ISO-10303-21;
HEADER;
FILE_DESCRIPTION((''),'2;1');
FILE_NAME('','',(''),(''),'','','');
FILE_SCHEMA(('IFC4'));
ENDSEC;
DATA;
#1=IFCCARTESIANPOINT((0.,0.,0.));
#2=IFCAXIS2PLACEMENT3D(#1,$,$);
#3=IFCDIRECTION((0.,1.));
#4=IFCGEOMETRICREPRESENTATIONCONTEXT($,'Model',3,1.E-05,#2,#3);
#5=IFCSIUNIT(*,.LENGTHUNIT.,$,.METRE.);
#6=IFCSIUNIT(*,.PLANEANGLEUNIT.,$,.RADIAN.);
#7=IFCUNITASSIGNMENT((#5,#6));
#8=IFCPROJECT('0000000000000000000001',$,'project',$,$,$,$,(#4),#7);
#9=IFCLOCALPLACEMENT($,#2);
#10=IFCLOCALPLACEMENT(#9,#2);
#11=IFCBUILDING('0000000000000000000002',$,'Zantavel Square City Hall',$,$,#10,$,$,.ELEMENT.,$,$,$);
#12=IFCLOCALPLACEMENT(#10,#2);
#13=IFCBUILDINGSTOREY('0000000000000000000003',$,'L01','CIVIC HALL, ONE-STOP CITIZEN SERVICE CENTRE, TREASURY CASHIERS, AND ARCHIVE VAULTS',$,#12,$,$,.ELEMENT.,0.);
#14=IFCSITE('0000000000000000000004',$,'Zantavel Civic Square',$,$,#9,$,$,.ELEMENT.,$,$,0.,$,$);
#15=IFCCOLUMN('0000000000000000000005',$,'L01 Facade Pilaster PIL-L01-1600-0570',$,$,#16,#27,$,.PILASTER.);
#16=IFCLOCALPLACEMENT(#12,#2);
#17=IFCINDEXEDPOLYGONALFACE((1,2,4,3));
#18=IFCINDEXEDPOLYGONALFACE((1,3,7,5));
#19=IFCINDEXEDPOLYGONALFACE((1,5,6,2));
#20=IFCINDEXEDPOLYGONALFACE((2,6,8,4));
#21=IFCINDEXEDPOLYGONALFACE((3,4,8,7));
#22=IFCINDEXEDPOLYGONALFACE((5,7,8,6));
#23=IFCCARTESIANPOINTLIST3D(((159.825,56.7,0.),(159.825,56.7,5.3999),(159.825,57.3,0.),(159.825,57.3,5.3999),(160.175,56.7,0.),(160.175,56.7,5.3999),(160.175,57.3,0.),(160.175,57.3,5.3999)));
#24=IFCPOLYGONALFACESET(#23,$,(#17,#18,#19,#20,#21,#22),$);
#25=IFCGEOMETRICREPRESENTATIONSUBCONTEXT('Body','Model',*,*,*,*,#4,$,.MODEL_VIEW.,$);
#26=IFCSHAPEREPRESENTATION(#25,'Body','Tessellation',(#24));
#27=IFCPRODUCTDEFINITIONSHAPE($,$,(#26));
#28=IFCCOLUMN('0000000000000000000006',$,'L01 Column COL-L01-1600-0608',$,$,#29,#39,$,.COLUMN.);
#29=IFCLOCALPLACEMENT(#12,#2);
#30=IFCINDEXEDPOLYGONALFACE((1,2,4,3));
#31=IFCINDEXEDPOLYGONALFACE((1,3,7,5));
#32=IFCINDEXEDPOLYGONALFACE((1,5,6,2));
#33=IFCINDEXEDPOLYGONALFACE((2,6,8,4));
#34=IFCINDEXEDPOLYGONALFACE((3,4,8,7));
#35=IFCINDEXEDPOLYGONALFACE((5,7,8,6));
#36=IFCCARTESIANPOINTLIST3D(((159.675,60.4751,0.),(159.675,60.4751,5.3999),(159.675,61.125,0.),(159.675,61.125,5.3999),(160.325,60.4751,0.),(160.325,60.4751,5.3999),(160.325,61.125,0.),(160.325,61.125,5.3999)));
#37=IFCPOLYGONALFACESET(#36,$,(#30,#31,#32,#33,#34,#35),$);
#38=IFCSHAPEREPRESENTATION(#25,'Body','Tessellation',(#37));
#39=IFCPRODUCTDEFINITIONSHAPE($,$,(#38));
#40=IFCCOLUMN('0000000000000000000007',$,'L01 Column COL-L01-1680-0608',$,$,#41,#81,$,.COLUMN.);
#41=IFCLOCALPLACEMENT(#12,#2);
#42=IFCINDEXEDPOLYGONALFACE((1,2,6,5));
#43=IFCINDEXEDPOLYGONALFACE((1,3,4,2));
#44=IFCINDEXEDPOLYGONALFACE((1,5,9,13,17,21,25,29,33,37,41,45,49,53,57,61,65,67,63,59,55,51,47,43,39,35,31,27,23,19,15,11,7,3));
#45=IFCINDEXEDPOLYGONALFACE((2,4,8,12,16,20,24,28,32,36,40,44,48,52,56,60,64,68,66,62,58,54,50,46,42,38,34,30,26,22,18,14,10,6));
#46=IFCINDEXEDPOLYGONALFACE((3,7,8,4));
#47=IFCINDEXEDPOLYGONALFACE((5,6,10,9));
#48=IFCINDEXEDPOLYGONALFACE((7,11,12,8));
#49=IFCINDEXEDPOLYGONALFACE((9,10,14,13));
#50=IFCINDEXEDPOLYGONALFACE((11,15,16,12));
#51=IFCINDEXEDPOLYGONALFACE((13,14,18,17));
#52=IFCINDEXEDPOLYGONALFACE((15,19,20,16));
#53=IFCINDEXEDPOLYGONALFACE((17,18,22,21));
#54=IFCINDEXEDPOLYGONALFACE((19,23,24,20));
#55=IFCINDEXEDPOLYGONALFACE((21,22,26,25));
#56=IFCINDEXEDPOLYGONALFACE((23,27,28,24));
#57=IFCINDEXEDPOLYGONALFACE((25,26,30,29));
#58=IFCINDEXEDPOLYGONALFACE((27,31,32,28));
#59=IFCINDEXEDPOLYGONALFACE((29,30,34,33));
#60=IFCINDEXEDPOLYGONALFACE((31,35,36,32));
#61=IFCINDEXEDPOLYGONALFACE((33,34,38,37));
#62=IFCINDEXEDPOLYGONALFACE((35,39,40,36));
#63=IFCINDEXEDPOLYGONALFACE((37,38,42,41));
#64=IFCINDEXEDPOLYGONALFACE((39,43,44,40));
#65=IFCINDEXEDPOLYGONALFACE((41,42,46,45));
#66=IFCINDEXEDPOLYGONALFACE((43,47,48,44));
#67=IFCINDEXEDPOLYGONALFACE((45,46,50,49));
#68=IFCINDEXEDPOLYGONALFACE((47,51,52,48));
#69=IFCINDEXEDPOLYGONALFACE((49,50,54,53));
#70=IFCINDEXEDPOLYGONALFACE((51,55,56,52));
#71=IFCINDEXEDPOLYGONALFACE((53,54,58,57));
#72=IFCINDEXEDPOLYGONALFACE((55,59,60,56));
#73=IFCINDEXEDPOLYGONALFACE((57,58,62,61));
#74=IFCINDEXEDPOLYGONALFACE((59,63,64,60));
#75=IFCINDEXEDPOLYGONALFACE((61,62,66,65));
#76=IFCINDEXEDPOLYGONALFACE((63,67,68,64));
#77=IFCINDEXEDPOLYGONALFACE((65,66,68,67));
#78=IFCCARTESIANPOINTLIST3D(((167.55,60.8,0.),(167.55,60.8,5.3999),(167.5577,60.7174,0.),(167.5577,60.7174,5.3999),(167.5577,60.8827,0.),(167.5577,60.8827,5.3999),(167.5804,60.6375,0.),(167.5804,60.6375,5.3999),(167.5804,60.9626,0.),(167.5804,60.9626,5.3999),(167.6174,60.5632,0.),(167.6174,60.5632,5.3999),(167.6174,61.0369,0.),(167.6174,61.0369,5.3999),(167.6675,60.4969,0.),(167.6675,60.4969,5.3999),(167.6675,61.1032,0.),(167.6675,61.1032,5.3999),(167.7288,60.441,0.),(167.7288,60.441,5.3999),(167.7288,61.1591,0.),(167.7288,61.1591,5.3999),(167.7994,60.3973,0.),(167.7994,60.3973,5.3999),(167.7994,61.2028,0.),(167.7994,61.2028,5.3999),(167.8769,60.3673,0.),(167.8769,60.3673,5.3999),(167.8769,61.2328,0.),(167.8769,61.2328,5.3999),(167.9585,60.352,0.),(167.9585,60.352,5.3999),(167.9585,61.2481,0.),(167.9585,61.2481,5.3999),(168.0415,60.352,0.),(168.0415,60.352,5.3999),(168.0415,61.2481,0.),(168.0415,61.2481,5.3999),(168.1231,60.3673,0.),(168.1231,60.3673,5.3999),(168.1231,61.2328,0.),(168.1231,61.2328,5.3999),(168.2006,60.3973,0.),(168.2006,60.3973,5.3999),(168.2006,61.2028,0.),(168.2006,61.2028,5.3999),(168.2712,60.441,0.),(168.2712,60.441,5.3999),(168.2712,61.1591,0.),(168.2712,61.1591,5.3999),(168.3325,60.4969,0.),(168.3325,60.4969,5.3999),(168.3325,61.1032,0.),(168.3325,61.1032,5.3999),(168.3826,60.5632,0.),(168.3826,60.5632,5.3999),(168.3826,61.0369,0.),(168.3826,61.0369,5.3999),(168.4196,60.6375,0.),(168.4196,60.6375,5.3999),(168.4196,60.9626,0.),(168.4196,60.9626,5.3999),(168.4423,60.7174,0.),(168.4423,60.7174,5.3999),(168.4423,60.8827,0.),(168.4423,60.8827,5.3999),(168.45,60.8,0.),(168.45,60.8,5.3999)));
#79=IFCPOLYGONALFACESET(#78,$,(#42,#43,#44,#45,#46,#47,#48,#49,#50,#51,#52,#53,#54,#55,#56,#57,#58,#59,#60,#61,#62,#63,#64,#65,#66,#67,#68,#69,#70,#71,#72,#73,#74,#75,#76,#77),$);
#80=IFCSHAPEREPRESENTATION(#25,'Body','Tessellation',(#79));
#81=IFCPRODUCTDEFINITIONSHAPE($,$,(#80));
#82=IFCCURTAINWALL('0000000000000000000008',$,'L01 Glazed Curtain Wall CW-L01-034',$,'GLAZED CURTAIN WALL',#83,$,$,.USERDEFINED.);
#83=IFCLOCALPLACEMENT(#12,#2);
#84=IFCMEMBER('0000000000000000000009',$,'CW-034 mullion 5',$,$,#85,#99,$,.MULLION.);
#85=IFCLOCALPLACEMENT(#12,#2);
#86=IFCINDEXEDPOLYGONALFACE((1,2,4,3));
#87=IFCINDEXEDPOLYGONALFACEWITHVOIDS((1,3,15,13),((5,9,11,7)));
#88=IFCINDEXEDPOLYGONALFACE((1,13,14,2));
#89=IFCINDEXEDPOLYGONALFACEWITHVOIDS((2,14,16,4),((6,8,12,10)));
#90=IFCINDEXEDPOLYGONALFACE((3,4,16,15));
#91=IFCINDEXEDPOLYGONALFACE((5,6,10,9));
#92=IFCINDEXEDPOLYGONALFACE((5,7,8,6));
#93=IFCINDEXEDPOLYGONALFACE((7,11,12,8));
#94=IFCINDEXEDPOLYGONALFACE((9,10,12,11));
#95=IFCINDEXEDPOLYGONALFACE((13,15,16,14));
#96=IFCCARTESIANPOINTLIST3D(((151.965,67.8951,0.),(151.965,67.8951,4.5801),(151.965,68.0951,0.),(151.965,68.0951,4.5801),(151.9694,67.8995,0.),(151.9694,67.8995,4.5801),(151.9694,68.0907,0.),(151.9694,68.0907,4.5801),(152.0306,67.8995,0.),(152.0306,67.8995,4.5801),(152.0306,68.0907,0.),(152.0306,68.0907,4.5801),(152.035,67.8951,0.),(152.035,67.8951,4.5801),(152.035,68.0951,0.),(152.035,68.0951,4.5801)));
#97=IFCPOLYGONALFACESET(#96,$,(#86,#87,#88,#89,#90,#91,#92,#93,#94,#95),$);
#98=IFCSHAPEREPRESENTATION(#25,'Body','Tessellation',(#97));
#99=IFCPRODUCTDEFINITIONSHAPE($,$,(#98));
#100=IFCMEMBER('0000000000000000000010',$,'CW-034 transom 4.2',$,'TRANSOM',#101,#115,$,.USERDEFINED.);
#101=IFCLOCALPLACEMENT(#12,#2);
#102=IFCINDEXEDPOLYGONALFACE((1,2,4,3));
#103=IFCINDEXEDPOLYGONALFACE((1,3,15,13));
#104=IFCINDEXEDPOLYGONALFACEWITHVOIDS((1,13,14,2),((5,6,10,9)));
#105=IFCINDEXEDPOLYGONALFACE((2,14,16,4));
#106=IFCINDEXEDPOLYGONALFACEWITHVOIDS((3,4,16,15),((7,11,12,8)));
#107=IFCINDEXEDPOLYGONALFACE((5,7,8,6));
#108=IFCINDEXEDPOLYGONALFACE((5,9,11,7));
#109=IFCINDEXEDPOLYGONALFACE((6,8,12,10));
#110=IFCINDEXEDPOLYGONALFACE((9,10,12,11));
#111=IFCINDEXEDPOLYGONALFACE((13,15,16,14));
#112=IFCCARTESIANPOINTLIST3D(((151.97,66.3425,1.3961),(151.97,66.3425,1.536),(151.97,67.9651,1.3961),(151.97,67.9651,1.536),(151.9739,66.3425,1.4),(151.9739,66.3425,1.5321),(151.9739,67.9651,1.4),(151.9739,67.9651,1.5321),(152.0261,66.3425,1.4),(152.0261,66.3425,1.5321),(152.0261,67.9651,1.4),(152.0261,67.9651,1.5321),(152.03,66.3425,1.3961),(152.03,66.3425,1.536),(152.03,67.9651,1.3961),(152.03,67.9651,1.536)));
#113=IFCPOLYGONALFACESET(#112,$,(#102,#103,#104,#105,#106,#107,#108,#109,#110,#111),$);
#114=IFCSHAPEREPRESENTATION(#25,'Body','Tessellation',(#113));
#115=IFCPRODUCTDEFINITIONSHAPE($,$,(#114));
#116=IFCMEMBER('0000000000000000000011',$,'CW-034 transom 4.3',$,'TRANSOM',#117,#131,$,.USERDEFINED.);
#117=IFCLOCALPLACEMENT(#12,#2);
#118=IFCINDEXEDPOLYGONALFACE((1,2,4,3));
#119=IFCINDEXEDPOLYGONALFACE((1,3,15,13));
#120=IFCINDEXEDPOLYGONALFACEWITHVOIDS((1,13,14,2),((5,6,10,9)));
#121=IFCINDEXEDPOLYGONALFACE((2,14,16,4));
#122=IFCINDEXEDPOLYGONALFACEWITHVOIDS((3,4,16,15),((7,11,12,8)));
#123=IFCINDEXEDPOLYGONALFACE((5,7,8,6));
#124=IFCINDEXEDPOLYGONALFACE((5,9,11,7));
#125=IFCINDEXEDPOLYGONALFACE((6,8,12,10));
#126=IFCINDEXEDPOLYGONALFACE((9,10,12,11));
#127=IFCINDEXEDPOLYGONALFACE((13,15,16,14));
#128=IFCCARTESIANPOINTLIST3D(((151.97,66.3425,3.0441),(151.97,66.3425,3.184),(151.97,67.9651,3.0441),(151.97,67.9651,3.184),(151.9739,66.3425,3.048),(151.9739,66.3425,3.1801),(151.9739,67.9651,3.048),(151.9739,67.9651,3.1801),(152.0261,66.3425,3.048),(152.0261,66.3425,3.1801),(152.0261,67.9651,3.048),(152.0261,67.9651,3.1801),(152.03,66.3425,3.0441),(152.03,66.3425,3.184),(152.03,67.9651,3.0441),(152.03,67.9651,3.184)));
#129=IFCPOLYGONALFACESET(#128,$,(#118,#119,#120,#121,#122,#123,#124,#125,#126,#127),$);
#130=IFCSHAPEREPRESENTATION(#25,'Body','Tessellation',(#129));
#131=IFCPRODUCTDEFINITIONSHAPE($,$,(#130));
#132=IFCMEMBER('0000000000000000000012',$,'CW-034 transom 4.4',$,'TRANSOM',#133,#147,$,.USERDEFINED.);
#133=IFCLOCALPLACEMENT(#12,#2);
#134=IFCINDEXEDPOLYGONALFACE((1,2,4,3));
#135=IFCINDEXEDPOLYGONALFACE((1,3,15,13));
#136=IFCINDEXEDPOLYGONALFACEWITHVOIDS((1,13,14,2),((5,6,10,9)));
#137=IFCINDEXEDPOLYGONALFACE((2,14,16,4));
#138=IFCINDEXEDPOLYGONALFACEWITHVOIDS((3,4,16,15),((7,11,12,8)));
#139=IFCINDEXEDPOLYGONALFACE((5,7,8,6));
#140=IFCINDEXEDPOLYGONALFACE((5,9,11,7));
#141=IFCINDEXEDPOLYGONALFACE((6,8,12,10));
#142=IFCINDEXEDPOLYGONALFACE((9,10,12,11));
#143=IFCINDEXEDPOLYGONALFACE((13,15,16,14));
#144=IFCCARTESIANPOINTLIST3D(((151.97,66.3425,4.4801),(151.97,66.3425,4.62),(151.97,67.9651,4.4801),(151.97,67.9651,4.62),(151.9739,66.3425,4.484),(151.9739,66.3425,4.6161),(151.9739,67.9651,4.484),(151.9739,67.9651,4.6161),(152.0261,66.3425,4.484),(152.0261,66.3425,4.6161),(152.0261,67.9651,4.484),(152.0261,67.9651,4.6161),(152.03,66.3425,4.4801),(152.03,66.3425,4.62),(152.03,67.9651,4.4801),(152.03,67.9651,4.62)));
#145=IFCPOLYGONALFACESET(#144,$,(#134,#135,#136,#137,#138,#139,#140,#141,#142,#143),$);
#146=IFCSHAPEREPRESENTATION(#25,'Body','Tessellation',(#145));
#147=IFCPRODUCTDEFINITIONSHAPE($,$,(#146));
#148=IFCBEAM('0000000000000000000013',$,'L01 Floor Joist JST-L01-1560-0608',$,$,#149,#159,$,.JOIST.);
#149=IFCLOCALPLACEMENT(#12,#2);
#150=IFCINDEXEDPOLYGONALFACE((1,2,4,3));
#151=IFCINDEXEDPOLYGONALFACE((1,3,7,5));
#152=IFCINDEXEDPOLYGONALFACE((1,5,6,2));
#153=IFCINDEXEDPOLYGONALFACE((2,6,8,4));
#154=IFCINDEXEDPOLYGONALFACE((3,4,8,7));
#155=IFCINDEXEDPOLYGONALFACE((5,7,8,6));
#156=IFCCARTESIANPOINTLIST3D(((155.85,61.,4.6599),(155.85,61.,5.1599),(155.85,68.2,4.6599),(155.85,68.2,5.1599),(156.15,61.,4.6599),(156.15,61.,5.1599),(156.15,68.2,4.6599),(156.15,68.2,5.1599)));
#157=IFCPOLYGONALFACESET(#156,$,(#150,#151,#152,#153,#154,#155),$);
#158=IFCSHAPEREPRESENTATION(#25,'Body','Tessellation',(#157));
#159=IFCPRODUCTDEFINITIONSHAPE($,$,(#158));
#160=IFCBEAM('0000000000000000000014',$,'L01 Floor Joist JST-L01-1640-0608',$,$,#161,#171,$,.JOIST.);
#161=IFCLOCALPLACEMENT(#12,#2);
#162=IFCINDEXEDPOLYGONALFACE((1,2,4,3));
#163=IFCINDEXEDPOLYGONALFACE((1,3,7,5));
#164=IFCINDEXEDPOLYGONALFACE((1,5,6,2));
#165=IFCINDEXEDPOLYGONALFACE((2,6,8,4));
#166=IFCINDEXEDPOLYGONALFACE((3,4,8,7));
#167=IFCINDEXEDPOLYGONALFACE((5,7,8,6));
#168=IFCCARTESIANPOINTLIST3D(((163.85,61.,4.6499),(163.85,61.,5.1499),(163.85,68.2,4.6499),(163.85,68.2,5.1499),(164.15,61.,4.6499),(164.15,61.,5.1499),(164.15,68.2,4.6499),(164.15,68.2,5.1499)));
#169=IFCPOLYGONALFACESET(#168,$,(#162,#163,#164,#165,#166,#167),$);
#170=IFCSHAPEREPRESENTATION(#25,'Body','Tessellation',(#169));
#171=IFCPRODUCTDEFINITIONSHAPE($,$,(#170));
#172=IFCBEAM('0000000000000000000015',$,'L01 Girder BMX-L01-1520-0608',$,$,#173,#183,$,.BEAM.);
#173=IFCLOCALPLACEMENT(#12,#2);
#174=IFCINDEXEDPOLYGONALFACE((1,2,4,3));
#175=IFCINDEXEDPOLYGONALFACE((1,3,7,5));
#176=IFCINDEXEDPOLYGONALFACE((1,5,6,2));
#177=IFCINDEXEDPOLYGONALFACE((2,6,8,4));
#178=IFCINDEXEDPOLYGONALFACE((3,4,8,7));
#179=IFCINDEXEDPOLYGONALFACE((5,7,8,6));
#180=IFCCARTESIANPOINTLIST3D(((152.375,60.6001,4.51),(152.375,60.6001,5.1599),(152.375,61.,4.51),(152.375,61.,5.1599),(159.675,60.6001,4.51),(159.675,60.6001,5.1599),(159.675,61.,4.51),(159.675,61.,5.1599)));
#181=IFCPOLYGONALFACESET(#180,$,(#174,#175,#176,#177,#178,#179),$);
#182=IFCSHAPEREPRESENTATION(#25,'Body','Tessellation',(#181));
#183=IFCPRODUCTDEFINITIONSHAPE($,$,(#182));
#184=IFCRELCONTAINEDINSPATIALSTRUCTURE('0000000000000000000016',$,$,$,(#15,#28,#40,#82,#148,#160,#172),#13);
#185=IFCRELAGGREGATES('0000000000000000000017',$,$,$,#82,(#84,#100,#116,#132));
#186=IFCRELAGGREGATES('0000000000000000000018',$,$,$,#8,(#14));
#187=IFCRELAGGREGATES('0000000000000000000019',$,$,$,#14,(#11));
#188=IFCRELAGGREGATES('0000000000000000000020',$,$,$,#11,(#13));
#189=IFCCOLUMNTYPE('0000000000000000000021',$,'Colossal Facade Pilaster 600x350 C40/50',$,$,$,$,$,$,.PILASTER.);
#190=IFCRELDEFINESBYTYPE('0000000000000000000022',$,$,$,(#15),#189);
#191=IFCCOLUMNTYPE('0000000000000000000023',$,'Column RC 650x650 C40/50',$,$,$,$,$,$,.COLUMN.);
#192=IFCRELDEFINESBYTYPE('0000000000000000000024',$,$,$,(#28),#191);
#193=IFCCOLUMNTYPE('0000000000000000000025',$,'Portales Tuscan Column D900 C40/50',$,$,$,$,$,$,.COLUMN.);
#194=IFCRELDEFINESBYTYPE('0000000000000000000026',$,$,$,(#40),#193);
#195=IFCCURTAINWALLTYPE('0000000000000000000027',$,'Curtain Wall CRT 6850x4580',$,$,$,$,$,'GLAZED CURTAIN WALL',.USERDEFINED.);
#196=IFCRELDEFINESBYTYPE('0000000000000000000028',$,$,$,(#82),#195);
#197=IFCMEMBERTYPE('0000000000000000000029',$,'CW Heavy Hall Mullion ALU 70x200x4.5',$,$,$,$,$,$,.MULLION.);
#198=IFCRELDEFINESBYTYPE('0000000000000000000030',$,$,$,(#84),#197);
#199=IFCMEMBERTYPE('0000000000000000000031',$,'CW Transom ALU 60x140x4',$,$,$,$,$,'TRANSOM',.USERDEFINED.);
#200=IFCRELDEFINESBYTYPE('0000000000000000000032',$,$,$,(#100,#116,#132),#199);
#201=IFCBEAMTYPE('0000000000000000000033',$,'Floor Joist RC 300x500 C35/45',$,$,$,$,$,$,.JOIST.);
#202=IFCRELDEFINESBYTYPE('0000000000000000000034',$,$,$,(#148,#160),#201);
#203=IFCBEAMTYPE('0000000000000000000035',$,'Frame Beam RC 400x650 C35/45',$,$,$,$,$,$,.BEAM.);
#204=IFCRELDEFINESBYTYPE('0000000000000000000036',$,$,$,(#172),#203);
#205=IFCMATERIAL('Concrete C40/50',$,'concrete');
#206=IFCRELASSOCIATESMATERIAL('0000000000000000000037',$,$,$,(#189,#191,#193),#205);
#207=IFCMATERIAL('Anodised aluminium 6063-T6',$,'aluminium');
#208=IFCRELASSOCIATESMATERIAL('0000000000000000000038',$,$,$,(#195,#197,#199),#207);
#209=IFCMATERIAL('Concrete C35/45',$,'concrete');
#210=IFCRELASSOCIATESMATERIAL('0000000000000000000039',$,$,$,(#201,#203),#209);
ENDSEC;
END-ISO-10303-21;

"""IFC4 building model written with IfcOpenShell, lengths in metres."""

from ifc_helpers import new_model, si_unit, direction, frame, origin, origin_2d, place, context, subcontext, project, spatial, rectangle, hollow_rectangle, circle, extrude, material, material_profile, profile_set, type_object, element, aggregate, save


model = new_model("IFC4")

# Units and contexts
model_context = context("Model", 3, precision=1e-05, world=origin(), true_north=direction((0.0, 1.0)))
body_context = subcontext(model_context, "Body", "Model", "MODEL_VIEW")
ifc_project = project(units=[si_unit("LENGTHUNIT", "METRE"), si_unit("PLANEANGLEUNIT", "RADIAN")], contexts=[model_context])

# Site, building, storey
site_placement = place(None, origin())
site = spatial("IfcSite", under=ifc_project, at=site_placement, Name="Zantavel Civic Square", CompositionType="ELEMENT", RefElevation=0.0)
building_placement = place(site_placement, origin())
building = spatial("IfcBuilding", under=site, at=building_placement, Name="Zantavel Square City Hall", CompositionType="ELEMENT")
storey_placement = place(building_placement, origin())
storey = spatial("IfcBuildingStorey", under=building, at=storey_placement, Name="L01", Description="CIVIC HALL, ONE-STOP CITIZEN SERVICE CENTRE, TREASURY CASHIERS, AND ARCHIVE VAULTS", CompositionType="ELEMENT", Elevation=0.0)

# Columns
ifc_material_1 = material(Name="Concrete C40/50", Category="concrete")
ifc_material_profile_1 = material_profile(ifc_material_1, rectangle(XDim=0.6001, YDim=0.3501, at=origin_2d()), Name="RC 600x350")
ifc_profile_set_1 = profile_set([ifc_material_profile_1], Name="Concrete C40/50")
column_type_1 = type_object("IfcColumnType", Name="Colossal Facade Pilaster 600x350 C40/50", PredefinedType="PILASTER", material=ifc_profile_set_1)
column_1_placement = place(storey_placement, frame((160.0, 57.0, 0.0), z_axis=(0.0, 0.0, 1.0), x_axis=(0.0, 1.0, 0.0)))
element("IfcColumn", 1, at=column_1_placement, inside=storey, type_object=column_type_1, Name="L01 Facade Pilaster PIL-L01-1600-0570", PredefinedType="PILASTER", context=body_context, shape_type="SweptSolid", body=[
    extrude(rectangle(XDim=0.6001, YDim=0.3501, at=origin_2d()), origin(), (0.0, 0.0, 1.0), 5.3999),
])
ifc_material_profile_2 = material_profile(ifc_material_1, rectangle(XDim=0.6499, YDim=0.6499, at=origin_2d()), Name="RC 650x650")
ifc_profile_set_2 = profile_set([ifc_material_profile_2], Name="Concrete C40/50")
column_type_2 = type_object("IfcColumnType", Name="Column RC 650x650 C40/50", PredefinedType="COLUMN", material=ifc_profile_set_2)
column_2_placement = place(storey_placement, frame((160.0, 60.8, 0.0), z_axis=(0.0, 0.0, 1.0), x_axis=(1.0, 0.0, 0.0)))
element("IfcColumn", 2, at=column_2_placement, inside=storey, type_object=column_type_2, Name="L01 Column COL-L01-1600-0608", PredefinedType="COLUMN", context=body_context, shape_type="SweptSolid", body=[
    extrude(rectangle(XDim=0.6499, YDim=0.6499, at=origin_2d()), origin(), (0.0, 0.0, 1.0), 5.3999),
])
ifc_material_profile_3 = material_profile(ifc_material_1, circle(Radius=0.45, at=origin_2d()), Name="ROUND D900")
ifc_profile_set_3 = profile_set([ifc_material_profile_3], Name="Concrete C40/50")
column_type_3 = type_object("IfcColumnType", Name="Portales Tuscan Column D900 C40/50", PredefinedType="COLUMN", material=ifc_profile_set_3)
column_3_placement = place(storey_placement, frame((168.0, 60.8, 0.0), z_axis=(0.0, 0.0, 1.0), x_axis=(1.0, 0.0, 0.0)))
element("IfcColumn", 3, at=column_3_placement, inside=storey, type_object=column_type_3, Name="L01 Column COL-L01-1680-0608", PredefinedType="COLUMN", context=body_context, shape_type="SweptSolid", body=[
    extrude(circle(Radius=0.45, at=origin_2d()), origin(), (0.0, 0.0, 1.0), 5.3999),
])

# Curtain wall, members
ifc_material_2 = material(Name="Anodised aluminium 6063-T6", Category="aluminium")
curtain_wall_type = type_object("IfcCurtainWallType", Name="Curtain Wall CRT 6850x4580", ElementType="GLAZED CURTAIN WALL", PredefinedType="USERDEFINED", material=ifc_material_2)
curtain_wall_placement = place(storey_placement, origin())
curtain_wall = element("IfcCurtainWall", 4, at=curtain_wall_placement, inside=storey, type_object=curtain_wall_type, Name="L01 Glazed Curtain Wall CW-L01-034", ObjectType="GLAZED CURTAIN WALL", PredefinedType="USERDEFINED")
ifc_material_profile_4 = material_profile(ifc_material_2, hollow_rectangle(XDim=0.0701, YDim=0.2, WallThickness=0.0044, at=origin_2d()), Name="ALU 70x200x4.5")
ifc_profile_set_4 = profile_set([ifc_material_profile_4], Name="Anodised aluminium 6063-T6")
member_type_1 = type_object("IfcMemberType", Name="CW Heavy Hall Mullion ALU 70x200x4.5", PredefinedType="MULLION", material=ifc_profile_set_4)
member_1_placement = place(storey_placement, frame((152.0, 67.9951, 0.0), z_axis=(0.0, 0.0, 1.0), x_axis=(-1.0, 0.0, 0.0)))
member_1 = element("IfcMember", 5, at=member_1_placement, type_object=member_type_1, Name="CW-034 mullion 5", PredefinedType="MULLION", context=body_context, shape_type="SweptSolid", body=[
    extrude(hollow_rectangle(XDim=0.0701, YDim=0.2, WallThickness=0.0044, at=origin_2d()), origin(), (0.0, 0.0, 1.0), 4.5801),
])
ifc_material_profile_5 = material_profile(ifc_material_2, hollow_rectangle(XDim=0.0601, YDim=0.1399, WallThickness=0.0039, at=origin_2d()), Name="ALU 60x140x4")
ifc_profile_set_5 = profile_set([ifc_material_profile_5], Name="Anodised aluminium 6063-T6")
member_type_2 = type_object("IfcMemberType", Name="CW Transom ALU 60x140x4", ElementType="TRANSOM", PredefinedType="USERDEFINED", material=ifc_profile_set_5)
member_2_placement = place(storey_placement, frame((152.0, 66.3425, 1.4661), z_axis=(0.0, 1.0, 0.0), x_axis=(-1.0, 0.0, 0.0)))
member_2 = element("IfcMember", 6, at=member_2_placement, type_object=member_type_2, Name="CW-034 transom 4.2", ObjectType="TRANSOM", PredefinedType="USERDEFINED", context=body_context, shape_type="SweptSolid", body=[
    extrude(hollow_rectangle(XDim=0.0601, YDim=0.1399, WallThickness=0.0039, at=origin_2d()), origin(), (0.0, 0.0, 1.0), 1.6226),
])
member_3_placement = place(storey_placement, frame((152.0, 66.3425, 3.114), z_axis=(0.0, 1.0, 0.0), x_axis=(-1.0, 0.0, 0.0)))
member_3 = element("IfcMember", 7, at=member_3_placement, type_object=member_type_2, Name="CW-034 transom 4.3", ObjectType="TRANSOM", PredefinedType="USERDEFINED", context=body_context, shape_type="SweptSolid", body=[
    extrude(hollow_rectangle(XDim=0.0601, YDim=0.1399, WallThickness=0.0039, at=origin_2d()), origin(), (0.0, 0.0, 1.0), 1.6226),
])
member_4_placement = place(storey_placement, frame((152.0, 66.3425, 4.55), z_axis=(0.0, 1.0, 0.0), x_axis=(-1.0, 0.0, 0.0)))
member_4 = element("IfcMember", 8, at=member_4_placement, type_object=member_type_2, Name="CW-034 transom 4.4", ObjectType="TRANSOM", PredefinedType="USERDEFINED", context=body_context, shape_type="SweptSolid", body=[
    extrude(hollow_rectangle(XDim=0.0601, YDim=0.1399, WallThickness=0.0039, at=origin_2d()), origin(), (0.0, 0.0, 1.0), 1.6226),
])

# Beams
ifc_material_3 = material(Name="Concrete C35/45", Category="concrete")
ifc_material_profile_6 = material_profile(ifc_material_3, rectangle(XDim=0.3, YDim=0.5, at=origin_2d()), Name="RC 300x500")
ifc_profile_set_6 = profile_set([ifc_material_profile_6], Name="Concrete C35/45")
beam_type_1 = type_object("IfcBeamType", Name="Floor Joist RC 300x500 C35/45", PredefinedType="JOIST", material=ifc_profile_set_6)
for number, where, z_axis, x_axis, name in (
    (9, (156.0, 61.0, 4.9099), (0.0, 1.0, 0.0), (-1.0, 0.0, 0.0), "L01 Floor Joist JST-L01-1560-0608"),
    (10, (164.0, 61.0, 4.8999), (0.0, 1.0, 0.0), (-1.0, 0.0, 0.0), "L01 Floor Joist JST-L01-1640-0608"),
):
    element("IfcBeam", number, at=place(storey_placement, frame(where, z_axis=z_axis, x_axis=x_axis)), inside=storey, type_object=beam_type_1, Name=name, PredefinedType="JOIST", context=body_context, shape_type="SweptSolid", body=[
        extrude(rectangle(XDim=0.3, YDim=0.5, at=origin_2d()), origin(), (0.0, 0.0, 1.0), 7.2),
    ])
ifc_material_profile_7 = material_profile(ifc_material_3, rectangle(XDim=0.3999, YDim=0.6499, at=origin_2d()), Name="RC 400x650")
ifc_profile_set_7 = profile_set([ifc_material_profile_7], Name="Concrete C35/45")
beam_type_2 = type_object("IfcBeamType", Name="Frame Beam RC 400x650 C35/45", PredefinedType="BEAM", material=ifc_profile_set_7)
beam_1_placement = place(storey_placement, frame((152.375, 60.8, 4.835), z_axis=(1.0, 0.0, 0.0), x_axis=(0.0, 1.0, 0.0)))
element("IfcBeam", 11, at=beam_1_placement, inside=storey, type_object=beam_type_2, Name="L01 Girder BMX-L01-1520-0608", PredefinedType="BEAM", context=body_context, shape_type="SweptSolid", body=[
    extrude(rectangle(XDim=0.3999, YDim=0.6499, at=origin_2d()), origin(), (0.0, 0.0, 1.0), 7.3),
])

aggregate(curtain_wall, [member_1, member_2, member_3, member_4])

save(model, "model.ifc")
